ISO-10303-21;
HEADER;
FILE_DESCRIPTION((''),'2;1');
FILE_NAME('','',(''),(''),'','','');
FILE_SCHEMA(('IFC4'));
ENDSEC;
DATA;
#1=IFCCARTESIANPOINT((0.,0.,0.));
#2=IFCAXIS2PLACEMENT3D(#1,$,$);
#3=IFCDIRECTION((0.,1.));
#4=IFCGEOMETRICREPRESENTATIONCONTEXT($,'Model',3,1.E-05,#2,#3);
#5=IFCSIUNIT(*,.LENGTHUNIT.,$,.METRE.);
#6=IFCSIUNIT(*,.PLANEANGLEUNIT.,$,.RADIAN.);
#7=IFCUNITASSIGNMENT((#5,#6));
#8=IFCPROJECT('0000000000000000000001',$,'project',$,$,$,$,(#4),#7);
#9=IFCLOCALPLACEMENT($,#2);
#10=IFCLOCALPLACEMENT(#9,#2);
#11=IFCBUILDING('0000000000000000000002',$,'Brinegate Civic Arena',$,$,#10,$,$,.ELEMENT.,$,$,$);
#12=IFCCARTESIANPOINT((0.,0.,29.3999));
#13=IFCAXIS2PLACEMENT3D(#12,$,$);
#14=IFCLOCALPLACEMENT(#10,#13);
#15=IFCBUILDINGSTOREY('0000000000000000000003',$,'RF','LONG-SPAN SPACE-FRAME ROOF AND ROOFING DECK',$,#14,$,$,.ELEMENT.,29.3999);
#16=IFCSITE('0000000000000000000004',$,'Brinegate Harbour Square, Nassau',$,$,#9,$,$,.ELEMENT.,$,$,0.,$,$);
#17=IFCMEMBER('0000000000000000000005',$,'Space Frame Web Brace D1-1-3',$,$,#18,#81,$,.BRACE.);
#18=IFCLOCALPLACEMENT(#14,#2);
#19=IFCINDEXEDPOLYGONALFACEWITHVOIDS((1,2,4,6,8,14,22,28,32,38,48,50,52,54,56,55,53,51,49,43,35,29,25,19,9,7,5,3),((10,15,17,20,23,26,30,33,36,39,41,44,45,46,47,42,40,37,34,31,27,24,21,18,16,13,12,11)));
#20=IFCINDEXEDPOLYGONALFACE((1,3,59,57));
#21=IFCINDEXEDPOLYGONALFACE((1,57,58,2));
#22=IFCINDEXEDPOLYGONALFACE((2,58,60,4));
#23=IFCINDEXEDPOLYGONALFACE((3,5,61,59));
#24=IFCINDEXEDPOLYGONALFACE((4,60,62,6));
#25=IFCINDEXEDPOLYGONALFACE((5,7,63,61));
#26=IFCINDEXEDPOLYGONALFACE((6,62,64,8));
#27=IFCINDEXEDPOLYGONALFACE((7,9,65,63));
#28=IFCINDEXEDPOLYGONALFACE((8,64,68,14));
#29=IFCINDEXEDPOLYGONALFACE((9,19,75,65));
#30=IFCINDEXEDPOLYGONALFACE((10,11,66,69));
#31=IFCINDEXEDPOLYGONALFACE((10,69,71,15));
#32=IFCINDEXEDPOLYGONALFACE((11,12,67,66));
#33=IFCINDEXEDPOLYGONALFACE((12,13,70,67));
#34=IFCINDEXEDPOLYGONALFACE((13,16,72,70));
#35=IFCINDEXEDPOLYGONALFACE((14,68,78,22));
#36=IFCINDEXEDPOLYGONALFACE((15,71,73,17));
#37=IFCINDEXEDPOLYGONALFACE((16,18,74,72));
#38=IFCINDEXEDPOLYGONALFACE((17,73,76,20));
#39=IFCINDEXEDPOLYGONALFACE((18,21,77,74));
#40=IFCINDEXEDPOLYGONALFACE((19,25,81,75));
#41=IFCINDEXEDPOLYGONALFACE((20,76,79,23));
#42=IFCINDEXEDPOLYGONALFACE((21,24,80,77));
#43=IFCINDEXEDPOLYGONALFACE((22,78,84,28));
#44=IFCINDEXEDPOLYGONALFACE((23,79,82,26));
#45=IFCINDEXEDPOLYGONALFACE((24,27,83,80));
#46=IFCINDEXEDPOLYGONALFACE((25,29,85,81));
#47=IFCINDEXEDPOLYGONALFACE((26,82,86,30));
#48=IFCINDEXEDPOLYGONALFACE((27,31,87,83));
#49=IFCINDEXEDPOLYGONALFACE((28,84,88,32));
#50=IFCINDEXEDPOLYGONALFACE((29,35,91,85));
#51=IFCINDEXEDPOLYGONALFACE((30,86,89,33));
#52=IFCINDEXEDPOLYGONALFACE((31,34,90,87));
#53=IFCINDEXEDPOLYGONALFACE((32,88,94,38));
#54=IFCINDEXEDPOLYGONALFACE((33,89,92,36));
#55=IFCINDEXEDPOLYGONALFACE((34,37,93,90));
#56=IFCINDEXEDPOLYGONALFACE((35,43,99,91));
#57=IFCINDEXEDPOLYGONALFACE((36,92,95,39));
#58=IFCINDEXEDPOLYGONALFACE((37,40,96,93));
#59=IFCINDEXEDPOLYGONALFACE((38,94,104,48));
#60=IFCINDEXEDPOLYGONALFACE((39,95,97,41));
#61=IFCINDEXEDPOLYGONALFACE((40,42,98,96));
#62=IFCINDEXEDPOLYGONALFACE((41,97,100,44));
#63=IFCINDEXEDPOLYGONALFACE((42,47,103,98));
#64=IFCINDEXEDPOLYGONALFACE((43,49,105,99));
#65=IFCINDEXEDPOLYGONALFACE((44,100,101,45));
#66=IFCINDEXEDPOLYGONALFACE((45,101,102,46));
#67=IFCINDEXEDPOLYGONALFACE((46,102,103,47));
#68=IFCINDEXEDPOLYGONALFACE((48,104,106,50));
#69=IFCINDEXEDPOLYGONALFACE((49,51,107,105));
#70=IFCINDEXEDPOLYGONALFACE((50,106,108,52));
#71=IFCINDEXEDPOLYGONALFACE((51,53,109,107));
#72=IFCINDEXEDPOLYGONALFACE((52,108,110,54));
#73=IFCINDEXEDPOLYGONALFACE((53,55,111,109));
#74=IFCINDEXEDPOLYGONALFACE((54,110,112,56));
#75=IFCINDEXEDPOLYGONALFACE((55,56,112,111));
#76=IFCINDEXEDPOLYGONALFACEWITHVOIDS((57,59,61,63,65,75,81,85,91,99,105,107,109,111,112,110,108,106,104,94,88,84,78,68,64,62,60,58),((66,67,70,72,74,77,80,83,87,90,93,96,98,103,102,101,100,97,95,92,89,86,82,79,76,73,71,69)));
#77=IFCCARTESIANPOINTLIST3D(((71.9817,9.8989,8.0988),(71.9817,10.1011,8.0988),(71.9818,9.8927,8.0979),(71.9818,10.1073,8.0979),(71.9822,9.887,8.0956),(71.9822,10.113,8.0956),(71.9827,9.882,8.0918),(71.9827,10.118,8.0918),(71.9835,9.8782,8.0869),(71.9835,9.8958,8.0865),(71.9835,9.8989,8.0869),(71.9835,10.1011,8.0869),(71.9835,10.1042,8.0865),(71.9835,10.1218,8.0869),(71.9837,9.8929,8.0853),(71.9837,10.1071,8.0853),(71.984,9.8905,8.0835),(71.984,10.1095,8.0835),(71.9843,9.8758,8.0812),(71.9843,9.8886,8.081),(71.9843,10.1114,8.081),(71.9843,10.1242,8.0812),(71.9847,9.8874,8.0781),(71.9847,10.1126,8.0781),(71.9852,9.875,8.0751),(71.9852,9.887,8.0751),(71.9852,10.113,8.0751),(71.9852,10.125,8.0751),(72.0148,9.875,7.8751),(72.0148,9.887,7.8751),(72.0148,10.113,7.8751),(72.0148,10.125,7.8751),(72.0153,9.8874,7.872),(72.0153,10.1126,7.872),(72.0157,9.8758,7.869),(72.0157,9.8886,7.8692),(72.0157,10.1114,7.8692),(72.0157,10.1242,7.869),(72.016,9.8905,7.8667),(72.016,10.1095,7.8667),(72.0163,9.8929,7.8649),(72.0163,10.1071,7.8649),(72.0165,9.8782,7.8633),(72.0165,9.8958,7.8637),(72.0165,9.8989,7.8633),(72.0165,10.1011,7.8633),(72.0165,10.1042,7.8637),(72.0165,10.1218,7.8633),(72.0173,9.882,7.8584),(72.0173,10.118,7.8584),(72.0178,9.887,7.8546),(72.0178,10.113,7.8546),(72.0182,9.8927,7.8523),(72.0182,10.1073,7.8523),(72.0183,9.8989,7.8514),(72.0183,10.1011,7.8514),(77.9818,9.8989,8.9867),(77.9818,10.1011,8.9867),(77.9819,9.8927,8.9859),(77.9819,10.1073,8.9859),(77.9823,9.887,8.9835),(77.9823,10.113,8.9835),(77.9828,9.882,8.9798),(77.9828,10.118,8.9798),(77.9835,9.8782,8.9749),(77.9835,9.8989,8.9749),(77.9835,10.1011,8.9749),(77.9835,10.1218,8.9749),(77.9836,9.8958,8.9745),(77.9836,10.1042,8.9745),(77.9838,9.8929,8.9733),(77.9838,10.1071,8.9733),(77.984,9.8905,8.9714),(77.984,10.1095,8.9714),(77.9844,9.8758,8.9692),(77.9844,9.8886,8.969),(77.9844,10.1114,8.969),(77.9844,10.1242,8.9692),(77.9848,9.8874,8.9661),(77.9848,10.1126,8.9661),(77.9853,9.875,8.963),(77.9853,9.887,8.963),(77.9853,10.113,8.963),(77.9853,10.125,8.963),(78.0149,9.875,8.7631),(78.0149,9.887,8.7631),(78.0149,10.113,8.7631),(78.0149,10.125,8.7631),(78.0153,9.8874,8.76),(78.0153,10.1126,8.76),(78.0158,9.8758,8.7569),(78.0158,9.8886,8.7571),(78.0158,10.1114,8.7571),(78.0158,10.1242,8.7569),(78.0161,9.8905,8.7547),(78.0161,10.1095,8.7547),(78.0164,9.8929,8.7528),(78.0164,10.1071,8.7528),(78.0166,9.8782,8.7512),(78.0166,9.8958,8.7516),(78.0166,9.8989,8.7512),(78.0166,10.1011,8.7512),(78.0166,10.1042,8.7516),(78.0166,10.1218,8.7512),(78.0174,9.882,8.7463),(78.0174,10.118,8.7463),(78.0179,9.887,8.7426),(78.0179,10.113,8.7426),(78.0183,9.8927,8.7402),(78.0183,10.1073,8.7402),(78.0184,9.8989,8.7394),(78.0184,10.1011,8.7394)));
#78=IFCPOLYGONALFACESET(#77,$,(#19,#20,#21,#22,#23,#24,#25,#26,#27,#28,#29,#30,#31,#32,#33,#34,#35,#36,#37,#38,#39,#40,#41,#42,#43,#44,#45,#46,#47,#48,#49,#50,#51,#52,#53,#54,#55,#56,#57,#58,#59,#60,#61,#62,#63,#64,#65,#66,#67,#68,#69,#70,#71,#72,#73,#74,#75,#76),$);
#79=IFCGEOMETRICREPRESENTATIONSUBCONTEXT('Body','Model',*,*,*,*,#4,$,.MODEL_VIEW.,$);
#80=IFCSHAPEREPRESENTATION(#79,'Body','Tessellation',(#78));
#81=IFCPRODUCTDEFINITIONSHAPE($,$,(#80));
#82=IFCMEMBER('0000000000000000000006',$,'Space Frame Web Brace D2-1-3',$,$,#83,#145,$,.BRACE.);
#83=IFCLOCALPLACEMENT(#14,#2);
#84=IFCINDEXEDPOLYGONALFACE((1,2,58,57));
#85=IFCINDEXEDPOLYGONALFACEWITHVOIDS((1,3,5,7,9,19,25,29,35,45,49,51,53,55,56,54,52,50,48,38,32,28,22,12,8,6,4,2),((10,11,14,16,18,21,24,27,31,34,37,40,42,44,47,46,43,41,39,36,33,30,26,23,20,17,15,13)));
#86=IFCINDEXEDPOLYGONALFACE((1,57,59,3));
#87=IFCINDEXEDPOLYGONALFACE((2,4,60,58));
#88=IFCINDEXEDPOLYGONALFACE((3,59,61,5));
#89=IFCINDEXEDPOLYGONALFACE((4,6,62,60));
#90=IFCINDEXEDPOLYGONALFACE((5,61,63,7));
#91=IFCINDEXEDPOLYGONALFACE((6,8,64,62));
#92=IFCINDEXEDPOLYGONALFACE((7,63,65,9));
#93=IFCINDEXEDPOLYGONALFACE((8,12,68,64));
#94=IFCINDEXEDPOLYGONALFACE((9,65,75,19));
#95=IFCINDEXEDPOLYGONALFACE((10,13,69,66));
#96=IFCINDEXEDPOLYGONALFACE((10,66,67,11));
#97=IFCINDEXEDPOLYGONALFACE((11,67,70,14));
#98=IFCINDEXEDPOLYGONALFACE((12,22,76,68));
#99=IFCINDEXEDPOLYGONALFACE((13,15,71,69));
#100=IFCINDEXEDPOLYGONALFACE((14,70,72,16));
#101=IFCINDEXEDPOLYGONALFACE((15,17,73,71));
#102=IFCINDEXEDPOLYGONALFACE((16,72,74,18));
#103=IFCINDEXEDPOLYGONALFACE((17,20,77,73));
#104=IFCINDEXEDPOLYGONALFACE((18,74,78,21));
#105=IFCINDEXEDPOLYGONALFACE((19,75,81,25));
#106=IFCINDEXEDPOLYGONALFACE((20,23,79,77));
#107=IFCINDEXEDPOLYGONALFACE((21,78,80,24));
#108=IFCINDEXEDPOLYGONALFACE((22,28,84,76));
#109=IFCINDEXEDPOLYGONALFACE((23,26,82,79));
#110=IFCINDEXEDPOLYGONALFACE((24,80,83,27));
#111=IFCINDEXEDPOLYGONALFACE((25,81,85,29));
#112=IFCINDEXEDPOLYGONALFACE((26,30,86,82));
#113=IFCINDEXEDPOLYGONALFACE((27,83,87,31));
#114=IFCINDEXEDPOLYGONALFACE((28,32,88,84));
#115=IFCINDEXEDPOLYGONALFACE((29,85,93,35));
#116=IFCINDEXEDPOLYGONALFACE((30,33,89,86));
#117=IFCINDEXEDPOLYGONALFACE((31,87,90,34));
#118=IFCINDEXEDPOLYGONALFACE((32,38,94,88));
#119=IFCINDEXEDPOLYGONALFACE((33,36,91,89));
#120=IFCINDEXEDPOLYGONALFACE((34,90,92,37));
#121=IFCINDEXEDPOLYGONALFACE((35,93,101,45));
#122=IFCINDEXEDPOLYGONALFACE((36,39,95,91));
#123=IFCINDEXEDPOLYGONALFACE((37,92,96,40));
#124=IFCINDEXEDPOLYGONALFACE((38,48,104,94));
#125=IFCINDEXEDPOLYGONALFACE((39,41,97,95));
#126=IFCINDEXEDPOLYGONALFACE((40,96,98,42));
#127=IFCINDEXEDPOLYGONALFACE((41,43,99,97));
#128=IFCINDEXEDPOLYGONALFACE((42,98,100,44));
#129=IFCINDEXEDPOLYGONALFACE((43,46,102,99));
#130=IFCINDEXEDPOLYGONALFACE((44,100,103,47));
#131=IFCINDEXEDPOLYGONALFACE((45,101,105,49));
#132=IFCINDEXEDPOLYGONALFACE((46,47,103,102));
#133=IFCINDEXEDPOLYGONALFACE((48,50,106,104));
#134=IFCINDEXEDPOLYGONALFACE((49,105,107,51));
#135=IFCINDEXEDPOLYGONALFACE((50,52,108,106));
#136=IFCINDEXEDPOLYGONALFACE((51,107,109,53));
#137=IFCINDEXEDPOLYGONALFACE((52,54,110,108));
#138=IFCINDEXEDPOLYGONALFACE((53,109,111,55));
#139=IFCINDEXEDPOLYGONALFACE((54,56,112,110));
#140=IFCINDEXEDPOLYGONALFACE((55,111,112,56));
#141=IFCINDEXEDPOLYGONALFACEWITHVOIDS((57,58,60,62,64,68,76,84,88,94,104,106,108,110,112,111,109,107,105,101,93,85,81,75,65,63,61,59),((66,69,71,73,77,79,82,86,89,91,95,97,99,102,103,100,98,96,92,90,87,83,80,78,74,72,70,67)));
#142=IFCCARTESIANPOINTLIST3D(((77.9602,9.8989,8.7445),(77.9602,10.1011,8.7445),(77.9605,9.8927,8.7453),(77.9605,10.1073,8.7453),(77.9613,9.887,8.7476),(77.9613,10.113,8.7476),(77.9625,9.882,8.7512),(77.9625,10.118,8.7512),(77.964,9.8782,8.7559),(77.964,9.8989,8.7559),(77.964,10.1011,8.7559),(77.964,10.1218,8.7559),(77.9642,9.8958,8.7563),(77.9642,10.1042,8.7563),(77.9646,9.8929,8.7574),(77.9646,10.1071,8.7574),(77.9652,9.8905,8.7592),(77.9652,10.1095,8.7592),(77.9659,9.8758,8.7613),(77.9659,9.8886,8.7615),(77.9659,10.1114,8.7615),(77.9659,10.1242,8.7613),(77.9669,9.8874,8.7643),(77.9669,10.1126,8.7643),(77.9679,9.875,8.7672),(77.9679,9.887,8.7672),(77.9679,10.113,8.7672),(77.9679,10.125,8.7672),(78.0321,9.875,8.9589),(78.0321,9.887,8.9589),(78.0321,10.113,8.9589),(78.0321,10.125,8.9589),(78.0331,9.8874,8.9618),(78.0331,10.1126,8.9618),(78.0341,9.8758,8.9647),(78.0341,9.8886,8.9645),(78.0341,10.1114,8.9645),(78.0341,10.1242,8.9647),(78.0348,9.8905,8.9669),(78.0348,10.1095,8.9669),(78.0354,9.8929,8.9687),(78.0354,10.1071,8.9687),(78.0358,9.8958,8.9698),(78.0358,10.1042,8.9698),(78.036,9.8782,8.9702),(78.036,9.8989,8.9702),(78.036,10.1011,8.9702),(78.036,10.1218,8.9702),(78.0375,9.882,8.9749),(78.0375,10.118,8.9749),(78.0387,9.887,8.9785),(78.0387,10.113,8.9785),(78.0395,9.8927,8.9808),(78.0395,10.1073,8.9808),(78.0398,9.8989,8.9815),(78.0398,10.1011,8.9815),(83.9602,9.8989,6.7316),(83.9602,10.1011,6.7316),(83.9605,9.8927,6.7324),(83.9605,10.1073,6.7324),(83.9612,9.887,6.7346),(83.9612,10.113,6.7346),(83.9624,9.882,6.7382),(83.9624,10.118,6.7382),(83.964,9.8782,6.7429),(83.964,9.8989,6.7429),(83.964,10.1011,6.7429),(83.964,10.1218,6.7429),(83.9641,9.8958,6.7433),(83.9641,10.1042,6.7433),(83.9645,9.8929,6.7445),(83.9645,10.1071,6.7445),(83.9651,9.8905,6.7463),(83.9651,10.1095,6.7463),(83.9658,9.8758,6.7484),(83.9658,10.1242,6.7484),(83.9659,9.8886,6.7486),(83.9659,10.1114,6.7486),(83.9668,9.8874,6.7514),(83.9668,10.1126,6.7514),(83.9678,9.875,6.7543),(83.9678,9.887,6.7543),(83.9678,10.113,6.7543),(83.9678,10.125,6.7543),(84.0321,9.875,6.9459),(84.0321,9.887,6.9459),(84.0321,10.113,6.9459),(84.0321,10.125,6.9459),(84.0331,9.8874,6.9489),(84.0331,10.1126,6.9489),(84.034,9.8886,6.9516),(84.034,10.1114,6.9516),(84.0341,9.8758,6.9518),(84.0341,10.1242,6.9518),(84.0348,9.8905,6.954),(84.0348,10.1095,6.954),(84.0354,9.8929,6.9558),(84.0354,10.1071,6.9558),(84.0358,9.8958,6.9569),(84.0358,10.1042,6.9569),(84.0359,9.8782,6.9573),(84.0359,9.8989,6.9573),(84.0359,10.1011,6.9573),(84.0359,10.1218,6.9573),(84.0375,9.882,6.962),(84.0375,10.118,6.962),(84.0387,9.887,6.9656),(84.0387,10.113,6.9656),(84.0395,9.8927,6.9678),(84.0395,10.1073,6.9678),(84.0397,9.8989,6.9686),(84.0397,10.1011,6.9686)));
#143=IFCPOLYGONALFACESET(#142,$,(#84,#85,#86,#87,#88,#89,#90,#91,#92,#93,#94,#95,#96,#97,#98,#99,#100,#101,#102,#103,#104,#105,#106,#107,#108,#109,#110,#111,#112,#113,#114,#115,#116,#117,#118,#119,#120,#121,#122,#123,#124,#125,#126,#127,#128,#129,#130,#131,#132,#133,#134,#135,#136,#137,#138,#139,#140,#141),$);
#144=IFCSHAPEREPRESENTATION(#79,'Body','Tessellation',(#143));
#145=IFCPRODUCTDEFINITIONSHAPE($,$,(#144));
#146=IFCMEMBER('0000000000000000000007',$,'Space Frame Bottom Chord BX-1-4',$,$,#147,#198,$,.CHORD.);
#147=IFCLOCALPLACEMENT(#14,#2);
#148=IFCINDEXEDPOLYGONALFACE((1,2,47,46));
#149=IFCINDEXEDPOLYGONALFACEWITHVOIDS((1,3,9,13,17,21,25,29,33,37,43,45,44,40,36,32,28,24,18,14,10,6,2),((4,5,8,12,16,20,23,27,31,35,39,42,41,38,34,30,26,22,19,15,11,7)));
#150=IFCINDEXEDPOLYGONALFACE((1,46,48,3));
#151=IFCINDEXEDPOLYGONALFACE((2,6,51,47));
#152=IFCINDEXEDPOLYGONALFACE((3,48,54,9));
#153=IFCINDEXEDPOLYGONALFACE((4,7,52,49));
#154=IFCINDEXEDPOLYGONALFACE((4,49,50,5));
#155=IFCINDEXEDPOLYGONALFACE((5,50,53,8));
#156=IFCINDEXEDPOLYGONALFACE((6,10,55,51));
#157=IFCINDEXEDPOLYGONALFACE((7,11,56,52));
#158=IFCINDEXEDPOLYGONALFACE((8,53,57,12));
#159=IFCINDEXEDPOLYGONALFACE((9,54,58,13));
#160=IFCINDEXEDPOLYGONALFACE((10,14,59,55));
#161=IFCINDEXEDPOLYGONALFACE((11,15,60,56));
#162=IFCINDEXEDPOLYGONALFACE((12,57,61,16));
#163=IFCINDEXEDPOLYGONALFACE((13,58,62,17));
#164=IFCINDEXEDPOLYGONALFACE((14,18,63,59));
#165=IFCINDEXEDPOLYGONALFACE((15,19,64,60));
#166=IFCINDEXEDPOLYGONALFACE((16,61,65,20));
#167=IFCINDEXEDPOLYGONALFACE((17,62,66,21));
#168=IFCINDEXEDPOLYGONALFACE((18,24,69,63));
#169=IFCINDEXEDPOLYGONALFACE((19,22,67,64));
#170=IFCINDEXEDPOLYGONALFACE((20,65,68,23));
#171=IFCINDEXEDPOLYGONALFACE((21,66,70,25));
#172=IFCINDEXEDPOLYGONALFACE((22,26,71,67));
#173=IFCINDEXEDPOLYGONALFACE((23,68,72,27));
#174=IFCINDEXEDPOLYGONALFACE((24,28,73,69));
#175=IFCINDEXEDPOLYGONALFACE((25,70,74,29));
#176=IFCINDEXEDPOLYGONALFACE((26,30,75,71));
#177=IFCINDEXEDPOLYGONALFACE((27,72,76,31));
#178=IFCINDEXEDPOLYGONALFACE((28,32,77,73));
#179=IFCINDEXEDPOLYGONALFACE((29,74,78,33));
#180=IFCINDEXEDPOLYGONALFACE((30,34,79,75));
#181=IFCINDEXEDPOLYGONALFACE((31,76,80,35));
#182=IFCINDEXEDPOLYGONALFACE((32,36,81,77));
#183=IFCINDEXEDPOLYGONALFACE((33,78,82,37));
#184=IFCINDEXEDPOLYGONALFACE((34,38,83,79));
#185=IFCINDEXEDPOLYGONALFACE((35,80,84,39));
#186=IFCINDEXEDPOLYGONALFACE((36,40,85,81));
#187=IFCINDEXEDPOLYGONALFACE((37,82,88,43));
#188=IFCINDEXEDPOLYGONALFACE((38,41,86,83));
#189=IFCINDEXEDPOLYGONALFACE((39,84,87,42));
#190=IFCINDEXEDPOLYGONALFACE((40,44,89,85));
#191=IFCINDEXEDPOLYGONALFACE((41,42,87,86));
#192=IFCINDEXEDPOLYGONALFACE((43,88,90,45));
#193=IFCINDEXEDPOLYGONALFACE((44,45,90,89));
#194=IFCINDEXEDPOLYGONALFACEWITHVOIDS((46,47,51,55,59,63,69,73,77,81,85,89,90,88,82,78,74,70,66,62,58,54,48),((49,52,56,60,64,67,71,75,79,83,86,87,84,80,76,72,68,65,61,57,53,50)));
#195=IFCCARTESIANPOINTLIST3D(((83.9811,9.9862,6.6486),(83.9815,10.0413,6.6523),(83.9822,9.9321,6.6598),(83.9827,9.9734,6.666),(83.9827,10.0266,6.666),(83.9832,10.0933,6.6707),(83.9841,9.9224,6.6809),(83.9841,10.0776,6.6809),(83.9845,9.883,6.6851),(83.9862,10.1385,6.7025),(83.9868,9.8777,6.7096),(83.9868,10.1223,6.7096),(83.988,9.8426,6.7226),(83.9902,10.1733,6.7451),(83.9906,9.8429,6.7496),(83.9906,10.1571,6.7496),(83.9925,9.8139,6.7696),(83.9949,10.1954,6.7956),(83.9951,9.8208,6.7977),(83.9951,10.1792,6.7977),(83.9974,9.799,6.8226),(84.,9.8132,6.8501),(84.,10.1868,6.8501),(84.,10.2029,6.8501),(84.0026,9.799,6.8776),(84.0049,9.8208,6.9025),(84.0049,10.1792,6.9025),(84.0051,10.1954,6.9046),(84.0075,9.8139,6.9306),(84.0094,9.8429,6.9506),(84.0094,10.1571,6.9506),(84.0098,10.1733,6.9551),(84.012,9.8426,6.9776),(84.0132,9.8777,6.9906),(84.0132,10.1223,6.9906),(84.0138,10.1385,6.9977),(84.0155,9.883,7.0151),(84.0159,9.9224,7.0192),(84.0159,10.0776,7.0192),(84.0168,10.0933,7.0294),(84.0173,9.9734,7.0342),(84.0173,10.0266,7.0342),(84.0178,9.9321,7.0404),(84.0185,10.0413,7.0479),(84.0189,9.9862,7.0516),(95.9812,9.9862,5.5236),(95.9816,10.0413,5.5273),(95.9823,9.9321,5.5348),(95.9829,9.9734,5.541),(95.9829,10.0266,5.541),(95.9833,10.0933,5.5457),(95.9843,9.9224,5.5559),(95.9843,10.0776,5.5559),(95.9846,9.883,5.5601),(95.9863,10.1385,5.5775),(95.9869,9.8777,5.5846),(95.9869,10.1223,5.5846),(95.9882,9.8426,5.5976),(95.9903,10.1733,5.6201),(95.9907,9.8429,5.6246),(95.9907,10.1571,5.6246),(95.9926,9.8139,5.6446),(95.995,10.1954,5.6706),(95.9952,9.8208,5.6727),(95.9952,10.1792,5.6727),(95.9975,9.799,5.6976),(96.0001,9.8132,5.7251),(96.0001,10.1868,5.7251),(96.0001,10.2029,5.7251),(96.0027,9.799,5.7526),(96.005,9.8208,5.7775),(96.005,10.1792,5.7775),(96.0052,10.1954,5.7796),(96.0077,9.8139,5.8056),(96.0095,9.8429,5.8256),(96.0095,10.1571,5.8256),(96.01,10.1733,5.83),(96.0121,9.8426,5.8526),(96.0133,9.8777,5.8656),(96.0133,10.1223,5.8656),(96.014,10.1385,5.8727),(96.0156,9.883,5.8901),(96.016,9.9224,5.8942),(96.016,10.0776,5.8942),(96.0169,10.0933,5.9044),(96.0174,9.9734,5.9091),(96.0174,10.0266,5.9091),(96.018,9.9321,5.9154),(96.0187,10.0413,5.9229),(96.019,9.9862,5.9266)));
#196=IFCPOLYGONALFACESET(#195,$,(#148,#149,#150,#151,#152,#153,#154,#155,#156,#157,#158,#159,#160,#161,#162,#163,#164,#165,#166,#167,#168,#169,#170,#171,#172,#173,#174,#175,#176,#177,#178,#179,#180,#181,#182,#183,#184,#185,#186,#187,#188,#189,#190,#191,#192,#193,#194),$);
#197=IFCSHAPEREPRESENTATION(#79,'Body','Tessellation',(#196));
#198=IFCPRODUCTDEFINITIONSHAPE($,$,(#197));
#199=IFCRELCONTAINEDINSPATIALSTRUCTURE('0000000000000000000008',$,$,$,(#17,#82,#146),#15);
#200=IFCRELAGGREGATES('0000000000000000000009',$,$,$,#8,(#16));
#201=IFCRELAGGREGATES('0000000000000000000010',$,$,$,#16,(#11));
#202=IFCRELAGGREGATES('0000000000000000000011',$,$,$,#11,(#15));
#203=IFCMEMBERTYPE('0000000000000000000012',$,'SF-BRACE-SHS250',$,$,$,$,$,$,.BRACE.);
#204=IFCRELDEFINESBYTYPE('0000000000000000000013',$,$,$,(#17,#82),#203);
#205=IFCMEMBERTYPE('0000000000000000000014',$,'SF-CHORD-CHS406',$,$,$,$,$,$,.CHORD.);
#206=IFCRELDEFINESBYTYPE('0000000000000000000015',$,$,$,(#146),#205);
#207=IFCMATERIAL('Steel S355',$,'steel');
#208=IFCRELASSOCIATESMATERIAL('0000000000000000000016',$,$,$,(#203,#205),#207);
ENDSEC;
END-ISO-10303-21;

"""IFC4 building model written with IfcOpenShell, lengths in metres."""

from ifc_helpers import new_model, si_unit, direction, frame, origin, origin_2d, place, context, subcontext, project, spatial, hollow_rectangle, hollow_circle, extrude, material, material_profile, profile_set, type_object, element, save


model = new_model("IFC4")

# Units and contexts
model_context = context("Model", 3, precision=1e-05, world=origin(), true_north=direction((0.0, 1.0)))
body_context = subcontext(model_context, "Body", "Model", "MODEL_VIEW")
ifc_project = project(units=[si_unit("LENGTHUNIT", "METRE"), si_unit("PLANEANGLEUNIT", "RADIAN")], contexts=[model_context])

# Site, building, storey
site_placement = place(None, origin())
site = spatial("IfcSite", under=ifc_project, at=site_placement, Name="Brinegate Harbour Square, Nassau", CompositionType="ELEMENT", RefElevation=0.0)
building_placement = place(site_placement, origin())
building = spatial("IfcBuilding", under=site, at=building_placement, Name="Brinegate Civic Arena", CompositionType="ELEMENT")
storey_placement = place(building_placement, frame((0.0, 0.0, 29.3999)))
storey = spatial("IfcBuildingStorey", under=building, at=storey_placement, Name="RF", Description="LONG-SPAN SPACE-FRAME ROOF AND ROOFING DECK", CompositionType="ELEMENT", Elevation=29.3999)

# Shared definitions
ifc_material_1 = material(Name="Steel S355", Category="steel")

# Members
ifc_material_profile_1 = material_profile(ifc_material_1, hollow_rectangle(XDim=0.25, YDim=0.25, WallThickness=0.012, InnerFilletRadius=0.012, OuterFilletRadius=0.0239, at=origin_2d()), Name="SHS250X12")
ifc_profile_set_1 = profile_set([ifc_material_profile_1], Name="Steel S355")
member_type_1 = type_object("IfcMemberType", Name="SF-BRACE-SHS250", PredefinedType="BRACE", material=ifc_profile_set_1)
member_1_placement = place(storey_placement, frame((72.0, 10.0, 7.9751), z_axis=(0.989226, 0.0, 0.146395), x_axis=(0.0, 1.0, 0.0)))
element("IfcMember", 1, at=member_1_placement, inside=storey, type_object=member_type_1, Name="Space Frame Web Brace D1-1-3", PredefinedType="BRACE", context=body_context, shape_type="SweptSolid", body=[
    extrude(hollow_rectangle(XDim=0.25, YDim=0.25, WallThickness=0.012, InnerFilletRadius=0.012, OuterFilletRadius=0.0239, at=origin_2d()), origin(), (0.0, 0.0, 1.0), 6.0654),
])
member_2_placement = place(storey_placement, frame((78.0, 10.0, 8.863), z_axis=(0.948068, 0.0, -0.318067), x_axis=(0.0, 1.0, 0.0)))
element("IfcMember", 2, at=member_2_placement, inside=storey, type_object=member_type_1, Name="Space Frame Web Brace D2-1-3", PredefinedType="BRACE", context=body_context, shape_type="SweptSolid", body=[
    extrude(hollow_rectangle(XDim=0.25, YDim=0.25, WallThickness=0.012, InnerFilletRadius=0.012, OuterFilletRadius=0.0239, at=origin_2d()), origin(), (0.0, 0.0, 1.0), 6.3286),
])
ifc_material_profile_2 = material_profile(ifc_material_1, hollow_circle(Radius=0.2029, WallThickness=0.0161, at=origin_2d()), Name="CHS406X16")
ifc_profile_set_2 = profile_set([ifc_material_profile_2], Name="Steel S355")
member_type_2 = type_object("IfcMemberType", Name="SF-CHORD-CHS406", PredefinedType="CHORD", material=ifc_profile_set_2)
for number, where, z_axis, x_axis, name in (
    (3, (84.0, 10.0, 6.8501), (0.995634, 0.0, -0.093341), (0.0, 1.0, 0.0), "Space Frame Bottom Chord BX-1-4"),
):
    element("IfcMember", number, at=place(storey_placement, frame(where, z_axis=z_axis, x_axis=x_axis)), inside=storey, type_object=member_type_2, Name=name, PredefinedType="CHORD", context=body_context, shape_type="SweptSolid", body=[
        extrude(hollow_circle(Radius=0.2029, WallThickness=0.0161, at=origin_2d()), origin(), (0.0, 0.0, 1.0), 12.0527),
    ])

save(model, "model.ifc")
